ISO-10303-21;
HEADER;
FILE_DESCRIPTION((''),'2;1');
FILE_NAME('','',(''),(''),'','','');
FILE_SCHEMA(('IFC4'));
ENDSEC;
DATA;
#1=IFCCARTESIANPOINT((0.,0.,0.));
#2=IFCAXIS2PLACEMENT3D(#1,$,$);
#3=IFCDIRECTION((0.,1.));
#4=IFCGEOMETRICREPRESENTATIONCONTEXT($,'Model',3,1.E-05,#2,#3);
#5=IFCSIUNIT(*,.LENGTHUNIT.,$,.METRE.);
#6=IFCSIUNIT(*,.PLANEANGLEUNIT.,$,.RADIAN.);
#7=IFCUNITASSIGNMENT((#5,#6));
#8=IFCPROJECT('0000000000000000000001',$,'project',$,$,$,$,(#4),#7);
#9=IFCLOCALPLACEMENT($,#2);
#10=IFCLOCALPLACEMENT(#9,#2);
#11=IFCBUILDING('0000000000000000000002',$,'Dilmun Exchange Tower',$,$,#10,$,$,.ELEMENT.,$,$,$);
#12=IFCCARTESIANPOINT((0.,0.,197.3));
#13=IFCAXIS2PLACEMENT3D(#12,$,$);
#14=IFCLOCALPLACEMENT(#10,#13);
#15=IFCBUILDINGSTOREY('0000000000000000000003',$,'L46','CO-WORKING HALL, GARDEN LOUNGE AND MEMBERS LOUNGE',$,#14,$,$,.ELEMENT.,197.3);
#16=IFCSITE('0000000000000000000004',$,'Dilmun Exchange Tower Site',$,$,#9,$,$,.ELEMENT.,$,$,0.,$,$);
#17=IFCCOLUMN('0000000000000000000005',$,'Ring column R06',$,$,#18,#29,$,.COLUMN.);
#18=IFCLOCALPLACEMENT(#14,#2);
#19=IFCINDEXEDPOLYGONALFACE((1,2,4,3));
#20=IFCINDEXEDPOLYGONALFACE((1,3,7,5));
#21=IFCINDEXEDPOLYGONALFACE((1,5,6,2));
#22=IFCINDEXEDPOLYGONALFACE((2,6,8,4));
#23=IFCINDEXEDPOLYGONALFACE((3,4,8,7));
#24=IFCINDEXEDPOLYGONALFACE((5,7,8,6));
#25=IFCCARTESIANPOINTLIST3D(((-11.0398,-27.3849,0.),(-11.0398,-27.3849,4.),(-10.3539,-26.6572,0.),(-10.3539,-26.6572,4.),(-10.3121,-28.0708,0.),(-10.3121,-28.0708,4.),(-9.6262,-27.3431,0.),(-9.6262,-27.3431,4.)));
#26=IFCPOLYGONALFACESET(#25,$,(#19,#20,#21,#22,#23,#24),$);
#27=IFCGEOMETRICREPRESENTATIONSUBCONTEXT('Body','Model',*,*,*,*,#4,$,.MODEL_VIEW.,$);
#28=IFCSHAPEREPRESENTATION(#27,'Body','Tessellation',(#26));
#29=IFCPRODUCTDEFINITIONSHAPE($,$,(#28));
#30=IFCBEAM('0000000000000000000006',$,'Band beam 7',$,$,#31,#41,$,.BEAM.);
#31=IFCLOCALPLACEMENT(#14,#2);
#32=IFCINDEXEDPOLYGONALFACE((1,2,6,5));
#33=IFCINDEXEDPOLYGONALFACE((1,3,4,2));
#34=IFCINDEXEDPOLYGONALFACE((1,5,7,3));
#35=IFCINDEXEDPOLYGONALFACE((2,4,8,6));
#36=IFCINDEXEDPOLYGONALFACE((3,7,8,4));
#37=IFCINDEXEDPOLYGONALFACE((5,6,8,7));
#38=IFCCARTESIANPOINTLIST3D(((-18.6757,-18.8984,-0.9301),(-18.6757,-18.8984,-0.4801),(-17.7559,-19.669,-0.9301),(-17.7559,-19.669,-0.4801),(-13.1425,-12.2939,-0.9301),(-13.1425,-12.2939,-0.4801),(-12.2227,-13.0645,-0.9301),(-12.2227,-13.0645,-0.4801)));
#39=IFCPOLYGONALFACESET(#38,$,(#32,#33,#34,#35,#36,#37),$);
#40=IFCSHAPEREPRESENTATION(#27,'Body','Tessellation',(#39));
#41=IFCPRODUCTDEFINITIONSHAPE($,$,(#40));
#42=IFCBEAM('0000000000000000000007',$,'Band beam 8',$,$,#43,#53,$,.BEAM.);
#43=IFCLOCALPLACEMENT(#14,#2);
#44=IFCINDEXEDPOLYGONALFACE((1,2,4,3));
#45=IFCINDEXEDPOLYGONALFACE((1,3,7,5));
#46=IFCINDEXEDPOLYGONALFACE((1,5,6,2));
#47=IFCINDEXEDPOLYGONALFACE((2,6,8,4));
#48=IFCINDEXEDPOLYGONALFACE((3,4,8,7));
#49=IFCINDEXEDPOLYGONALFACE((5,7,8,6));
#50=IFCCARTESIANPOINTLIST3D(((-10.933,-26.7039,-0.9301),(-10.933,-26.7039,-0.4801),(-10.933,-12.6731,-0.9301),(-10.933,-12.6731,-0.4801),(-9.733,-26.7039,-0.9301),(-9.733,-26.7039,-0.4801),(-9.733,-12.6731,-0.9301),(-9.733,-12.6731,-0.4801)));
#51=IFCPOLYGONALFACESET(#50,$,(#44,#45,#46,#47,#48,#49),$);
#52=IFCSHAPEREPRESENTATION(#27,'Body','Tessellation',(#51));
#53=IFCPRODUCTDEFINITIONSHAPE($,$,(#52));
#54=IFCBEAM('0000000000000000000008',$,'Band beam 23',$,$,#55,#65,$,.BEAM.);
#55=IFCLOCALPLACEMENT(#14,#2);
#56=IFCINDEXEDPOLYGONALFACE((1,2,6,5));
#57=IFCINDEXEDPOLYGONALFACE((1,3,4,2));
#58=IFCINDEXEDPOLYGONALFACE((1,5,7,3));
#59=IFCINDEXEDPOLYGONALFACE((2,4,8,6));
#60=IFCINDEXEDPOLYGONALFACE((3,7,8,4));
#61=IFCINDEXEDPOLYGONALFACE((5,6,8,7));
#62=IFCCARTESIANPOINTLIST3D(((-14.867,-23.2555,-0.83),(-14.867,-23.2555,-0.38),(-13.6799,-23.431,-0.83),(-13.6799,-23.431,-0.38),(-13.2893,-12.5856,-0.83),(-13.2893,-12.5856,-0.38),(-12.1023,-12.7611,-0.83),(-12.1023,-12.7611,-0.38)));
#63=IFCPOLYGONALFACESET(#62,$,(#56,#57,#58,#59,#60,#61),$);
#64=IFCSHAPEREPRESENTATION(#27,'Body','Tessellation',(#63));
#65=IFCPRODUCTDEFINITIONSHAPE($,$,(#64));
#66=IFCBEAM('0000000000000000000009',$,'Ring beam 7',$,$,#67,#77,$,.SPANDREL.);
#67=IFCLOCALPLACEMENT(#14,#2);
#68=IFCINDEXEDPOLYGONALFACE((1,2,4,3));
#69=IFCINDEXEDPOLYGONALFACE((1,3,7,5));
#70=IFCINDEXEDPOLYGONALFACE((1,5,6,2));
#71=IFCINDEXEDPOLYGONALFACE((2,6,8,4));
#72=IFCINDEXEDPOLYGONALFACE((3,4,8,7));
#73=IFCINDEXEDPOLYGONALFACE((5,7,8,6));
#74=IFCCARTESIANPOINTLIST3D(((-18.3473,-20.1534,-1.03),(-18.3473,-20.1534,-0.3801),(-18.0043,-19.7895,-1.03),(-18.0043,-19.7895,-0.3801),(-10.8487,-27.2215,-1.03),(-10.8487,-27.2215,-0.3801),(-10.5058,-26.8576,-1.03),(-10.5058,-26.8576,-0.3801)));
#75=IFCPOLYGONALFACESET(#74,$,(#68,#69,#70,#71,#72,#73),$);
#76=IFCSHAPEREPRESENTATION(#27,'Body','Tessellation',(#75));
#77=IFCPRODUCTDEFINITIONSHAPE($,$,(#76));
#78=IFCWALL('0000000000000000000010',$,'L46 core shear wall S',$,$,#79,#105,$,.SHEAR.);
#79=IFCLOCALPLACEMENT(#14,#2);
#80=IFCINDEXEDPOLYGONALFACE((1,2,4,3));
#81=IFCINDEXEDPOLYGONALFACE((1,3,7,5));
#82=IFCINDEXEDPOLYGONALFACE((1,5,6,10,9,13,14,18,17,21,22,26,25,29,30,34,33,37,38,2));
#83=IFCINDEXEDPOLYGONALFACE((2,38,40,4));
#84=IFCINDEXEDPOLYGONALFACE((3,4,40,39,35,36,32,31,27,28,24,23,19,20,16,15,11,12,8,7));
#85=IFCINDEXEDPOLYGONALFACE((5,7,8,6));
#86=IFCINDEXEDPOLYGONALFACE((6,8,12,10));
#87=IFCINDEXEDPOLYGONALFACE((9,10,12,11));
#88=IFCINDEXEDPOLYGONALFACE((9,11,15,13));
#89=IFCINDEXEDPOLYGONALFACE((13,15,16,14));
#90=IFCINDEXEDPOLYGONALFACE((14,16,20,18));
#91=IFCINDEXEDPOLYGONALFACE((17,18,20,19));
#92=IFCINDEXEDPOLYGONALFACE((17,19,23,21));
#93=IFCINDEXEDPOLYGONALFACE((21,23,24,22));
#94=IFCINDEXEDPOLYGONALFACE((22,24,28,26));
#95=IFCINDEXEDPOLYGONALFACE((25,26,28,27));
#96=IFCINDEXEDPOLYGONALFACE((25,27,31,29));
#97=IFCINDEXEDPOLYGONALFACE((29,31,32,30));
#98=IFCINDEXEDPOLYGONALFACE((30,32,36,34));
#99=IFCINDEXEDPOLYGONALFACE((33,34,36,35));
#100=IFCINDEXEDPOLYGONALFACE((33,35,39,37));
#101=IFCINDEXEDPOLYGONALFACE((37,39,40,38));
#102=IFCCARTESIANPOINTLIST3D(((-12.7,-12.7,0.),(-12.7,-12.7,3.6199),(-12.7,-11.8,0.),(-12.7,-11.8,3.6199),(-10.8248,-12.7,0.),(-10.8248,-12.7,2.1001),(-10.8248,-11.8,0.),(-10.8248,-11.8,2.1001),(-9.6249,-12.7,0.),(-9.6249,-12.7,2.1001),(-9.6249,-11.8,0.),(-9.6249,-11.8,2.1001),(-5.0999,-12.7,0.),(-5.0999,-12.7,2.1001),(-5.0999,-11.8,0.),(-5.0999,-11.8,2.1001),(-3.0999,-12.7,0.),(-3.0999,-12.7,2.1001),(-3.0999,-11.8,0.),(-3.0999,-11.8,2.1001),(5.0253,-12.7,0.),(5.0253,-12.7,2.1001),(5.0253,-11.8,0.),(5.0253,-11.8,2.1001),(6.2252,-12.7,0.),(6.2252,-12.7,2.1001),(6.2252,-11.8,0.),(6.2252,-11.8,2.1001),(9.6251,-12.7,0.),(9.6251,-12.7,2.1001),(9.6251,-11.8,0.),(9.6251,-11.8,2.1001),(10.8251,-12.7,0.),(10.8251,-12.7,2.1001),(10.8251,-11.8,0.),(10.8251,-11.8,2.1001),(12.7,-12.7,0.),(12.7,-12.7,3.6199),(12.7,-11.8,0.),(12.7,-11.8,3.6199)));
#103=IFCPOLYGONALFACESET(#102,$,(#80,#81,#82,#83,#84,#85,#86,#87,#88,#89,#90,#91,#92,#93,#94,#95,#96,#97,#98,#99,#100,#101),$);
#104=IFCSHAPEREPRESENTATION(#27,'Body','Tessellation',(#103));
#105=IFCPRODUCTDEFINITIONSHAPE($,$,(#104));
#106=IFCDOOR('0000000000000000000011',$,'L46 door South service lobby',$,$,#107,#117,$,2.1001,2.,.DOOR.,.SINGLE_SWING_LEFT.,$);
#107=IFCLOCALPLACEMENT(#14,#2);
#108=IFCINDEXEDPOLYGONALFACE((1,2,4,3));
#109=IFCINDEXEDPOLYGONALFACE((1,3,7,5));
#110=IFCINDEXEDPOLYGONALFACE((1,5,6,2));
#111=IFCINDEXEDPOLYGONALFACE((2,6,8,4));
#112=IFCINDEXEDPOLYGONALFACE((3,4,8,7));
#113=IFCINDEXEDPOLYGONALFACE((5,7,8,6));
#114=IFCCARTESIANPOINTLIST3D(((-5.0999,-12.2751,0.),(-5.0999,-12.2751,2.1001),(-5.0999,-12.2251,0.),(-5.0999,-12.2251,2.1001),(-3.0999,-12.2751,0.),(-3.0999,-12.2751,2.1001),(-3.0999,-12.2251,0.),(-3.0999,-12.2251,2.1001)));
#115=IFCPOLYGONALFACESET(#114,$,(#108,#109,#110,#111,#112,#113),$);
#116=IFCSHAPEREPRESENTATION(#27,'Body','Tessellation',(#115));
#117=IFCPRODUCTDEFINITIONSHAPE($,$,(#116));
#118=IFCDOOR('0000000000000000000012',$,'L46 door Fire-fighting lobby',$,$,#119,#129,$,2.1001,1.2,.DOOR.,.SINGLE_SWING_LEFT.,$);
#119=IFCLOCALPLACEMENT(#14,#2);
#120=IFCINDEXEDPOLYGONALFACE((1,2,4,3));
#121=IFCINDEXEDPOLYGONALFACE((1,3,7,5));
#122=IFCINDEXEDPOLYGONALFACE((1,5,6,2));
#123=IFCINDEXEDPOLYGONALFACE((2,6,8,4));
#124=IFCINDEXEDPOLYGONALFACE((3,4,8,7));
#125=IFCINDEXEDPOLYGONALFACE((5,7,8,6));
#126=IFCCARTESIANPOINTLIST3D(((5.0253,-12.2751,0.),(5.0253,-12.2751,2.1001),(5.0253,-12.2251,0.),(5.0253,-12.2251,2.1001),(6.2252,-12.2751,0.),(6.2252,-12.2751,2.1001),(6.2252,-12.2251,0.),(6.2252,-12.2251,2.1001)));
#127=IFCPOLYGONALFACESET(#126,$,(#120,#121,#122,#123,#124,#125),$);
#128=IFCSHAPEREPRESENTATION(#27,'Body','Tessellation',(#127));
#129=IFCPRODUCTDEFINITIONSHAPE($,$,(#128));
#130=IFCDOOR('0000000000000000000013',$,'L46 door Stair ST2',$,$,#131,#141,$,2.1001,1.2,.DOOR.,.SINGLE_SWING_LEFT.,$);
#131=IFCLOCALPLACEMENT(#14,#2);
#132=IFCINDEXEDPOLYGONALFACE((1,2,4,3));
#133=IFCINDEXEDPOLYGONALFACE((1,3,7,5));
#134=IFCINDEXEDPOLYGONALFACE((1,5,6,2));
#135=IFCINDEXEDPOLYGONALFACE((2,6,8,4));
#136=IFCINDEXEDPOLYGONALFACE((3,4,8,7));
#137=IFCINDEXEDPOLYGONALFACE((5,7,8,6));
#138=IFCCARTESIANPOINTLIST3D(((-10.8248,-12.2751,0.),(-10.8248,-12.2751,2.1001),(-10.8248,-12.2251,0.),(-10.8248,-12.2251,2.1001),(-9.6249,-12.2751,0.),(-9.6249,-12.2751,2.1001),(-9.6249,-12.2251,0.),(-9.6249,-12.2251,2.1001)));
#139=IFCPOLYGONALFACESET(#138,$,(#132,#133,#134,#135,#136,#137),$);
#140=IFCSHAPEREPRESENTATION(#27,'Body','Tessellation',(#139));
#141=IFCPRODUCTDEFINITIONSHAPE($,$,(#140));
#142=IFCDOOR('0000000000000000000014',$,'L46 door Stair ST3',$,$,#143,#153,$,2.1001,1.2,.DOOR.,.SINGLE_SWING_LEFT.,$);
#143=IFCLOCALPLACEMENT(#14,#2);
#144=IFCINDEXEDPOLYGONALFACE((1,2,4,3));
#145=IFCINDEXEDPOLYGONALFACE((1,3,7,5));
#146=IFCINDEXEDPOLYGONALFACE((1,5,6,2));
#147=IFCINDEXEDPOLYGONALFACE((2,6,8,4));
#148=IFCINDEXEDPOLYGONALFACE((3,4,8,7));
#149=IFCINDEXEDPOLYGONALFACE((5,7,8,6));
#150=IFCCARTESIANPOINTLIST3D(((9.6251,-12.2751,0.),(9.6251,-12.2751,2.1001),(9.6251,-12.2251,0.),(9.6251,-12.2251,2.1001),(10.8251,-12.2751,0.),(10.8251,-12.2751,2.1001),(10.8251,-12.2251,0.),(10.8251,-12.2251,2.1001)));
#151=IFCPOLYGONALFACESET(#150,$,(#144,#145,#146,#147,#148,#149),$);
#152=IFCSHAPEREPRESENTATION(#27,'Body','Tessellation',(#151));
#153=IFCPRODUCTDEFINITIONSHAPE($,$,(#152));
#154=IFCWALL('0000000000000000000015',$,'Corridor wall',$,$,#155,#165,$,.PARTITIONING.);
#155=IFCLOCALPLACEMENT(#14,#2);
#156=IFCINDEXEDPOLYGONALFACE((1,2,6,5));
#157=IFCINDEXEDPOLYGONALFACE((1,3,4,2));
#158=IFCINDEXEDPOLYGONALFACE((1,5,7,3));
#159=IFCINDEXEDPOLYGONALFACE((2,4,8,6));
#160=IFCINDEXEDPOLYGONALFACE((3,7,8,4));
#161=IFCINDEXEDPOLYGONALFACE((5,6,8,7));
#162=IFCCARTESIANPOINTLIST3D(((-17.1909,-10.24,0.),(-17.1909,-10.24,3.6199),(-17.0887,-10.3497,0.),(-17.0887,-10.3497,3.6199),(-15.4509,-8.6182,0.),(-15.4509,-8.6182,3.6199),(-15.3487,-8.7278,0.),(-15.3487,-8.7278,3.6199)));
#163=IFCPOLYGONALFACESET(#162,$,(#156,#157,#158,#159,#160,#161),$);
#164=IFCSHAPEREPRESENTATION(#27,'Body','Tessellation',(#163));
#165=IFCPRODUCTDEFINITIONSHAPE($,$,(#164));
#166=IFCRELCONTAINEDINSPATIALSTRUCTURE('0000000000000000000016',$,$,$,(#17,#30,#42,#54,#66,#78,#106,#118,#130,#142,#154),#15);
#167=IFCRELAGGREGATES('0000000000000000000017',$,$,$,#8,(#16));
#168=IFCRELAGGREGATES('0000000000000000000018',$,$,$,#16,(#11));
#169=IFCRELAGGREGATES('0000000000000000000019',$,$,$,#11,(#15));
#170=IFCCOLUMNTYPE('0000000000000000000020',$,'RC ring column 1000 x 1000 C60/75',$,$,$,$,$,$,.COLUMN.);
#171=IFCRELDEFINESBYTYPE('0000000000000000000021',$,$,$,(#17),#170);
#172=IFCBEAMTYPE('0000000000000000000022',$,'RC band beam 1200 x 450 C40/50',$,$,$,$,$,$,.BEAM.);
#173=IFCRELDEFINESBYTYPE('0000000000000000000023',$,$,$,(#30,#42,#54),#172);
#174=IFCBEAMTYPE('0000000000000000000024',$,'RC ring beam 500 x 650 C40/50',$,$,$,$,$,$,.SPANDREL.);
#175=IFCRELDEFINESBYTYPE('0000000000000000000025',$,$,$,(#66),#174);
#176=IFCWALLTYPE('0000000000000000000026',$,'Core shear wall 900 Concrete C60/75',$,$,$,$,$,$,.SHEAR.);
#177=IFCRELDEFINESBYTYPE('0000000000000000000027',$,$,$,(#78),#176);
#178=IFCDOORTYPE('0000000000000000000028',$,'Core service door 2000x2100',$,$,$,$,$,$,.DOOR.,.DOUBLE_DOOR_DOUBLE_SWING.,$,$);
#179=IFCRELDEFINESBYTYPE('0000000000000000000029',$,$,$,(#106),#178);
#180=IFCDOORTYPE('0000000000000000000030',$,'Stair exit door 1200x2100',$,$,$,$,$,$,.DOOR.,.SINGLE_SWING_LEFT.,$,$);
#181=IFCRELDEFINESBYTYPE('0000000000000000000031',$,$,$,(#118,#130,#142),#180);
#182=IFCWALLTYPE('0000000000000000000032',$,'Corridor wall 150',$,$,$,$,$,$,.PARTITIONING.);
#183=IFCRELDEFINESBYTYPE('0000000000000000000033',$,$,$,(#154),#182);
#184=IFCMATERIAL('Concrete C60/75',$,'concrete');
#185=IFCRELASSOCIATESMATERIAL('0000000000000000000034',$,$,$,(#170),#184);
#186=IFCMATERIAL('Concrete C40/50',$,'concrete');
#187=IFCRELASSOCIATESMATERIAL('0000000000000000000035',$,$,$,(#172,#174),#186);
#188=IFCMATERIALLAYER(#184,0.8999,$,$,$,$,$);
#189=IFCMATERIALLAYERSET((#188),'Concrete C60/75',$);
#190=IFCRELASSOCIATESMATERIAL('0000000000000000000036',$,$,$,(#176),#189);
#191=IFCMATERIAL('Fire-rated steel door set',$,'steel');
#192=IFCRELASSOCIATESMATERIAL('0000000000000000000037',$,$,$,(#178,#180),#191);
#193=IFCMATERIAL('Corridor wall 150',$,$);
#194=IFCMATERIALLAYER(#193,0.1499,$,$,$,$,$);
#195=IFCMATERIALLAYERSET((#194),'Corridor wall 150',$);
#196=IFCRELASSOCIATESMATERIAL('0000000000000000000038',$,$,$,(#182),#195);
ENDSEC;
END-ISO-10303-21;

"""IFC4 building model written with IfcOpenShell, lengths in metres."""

from ifc_helpers import new_model, si_unit, direction, frame, frame_2d, origin, origin_2d, place, context, subcontext, project, spatial, rectangle, extrude, material, layer, layer_set, material_profile, profile_set, type_object, element, fill, save


model = new_model("IFC4")

# Units and contexts
model_context = context("Model", 3, precision=1e-05, world=origin(), true_north=direction((0.0, 1.0)))
body_context = subcontext(model_context, "Body", "Model", "MODEL_VIEW")
ifc_project = project(units=[si_unit("LENGTHUNIT", "METRE"), si_unit("PLANEANGLEUNIT", "RADIAN")], contexts=[model_context])

# Site, building, storey
site_placement = place(None, origin())
site = spatial("IfcSite", under=ifc_project, at=site_placement, Name="Dilmun Exchange Tower Site", CompositionType="ELEMENT", RefElevation=0.0)
building_placement = place(site_placement, origin())
building = spatial("IfcBuilding", under=site, at=building_placement, Name="Dilmun Exchange Tower", CompositionType="ELEMENT")
storey_placement = place(building_placement, frame((0.0, 0.0, 197.3)))
storey = spatial("IfcBuildingStorey", under=building, at=storey_placement, Name="L46", Description="CO-WORKING HALL, GARDEN LOUNGE AND MEMBERS LOUNGE", CompositionType="ELEMENT", Elevation=197.3)

# Column
ifc_material_1 = material(Name="Concrete C60/75", Category="concrete")
ifc_material_profile_1 = material_profile(ifc_material_1, rectangle(XDim=1.0, YDim=1.0, at=origin_2d()), Name="1000 x 1000")
ifc_profile_set_1 = profile_set([ifc_material_profile_1], Name="Concrete C60/75")
column_type = type_object("IfcColumnType", Name="RC ring column 1000 x 1000 C60/75", PredefinedType="COLUMN", material=ifc_profile_set_1)
column_placement = place(storey_placement, frame((-10.333, -27.364, 0.0), z_axis=(0.0, 0.0, 1.0), x_axis=(0.685916, 0.727681, 0.0)))
element("IfcColumn", 1, at=column_placement, inside=storey, type_object=column_type, Name="Ring column R06", PredefinedType="COLUMN", context=body_context, shape_type="SweptSolid", body=[
    extrude(rectangle(XDim=1.0, YDim=1.0, at=origin_2d()), origin(), (0.0, 0.0, 1.0), 4.0),
])

# Beams
ifc_material_2 = material(Name="Concrete C40/50", Category="concrete")
ifc_material_profile_2 = material_profile(ifc_material_2, rectangle(XDim=1.2, YDim=0.45, at=origin_2d()), Name="1200 x 450")
ifc_profile_set_2 = profile_set([ifc_material_profile_2], Name="Concrete C40/50")
beam_type_1 = type_object("IfcBeamType", Name="RC band beam 1200 x 450 C40/50", PredefinedType="BEAM", material=ifc_profile_set_2)
beam_1_placement = place(storey_placement, frame((-18.2158, -19.2837, -0.7051), z_axis=(0.6422, 0.766537, 0.0), x_axis=(-0.766537, 0.6422, 0.0)))
element("IfcBeam", 2, at=beam_1_placement, inside=storey, type_object=beam_type_1, Name="Band beam 7", PredefinedType="BEAM", context=body_context, shape_type="SweptSolid", body=[
    extrude(rectangle(XDim=1.2, YDim=0.45, at=origin_2d()), origin(), (0.0, 0.0, 1.0), 8.616),
])
beam_2_placement = place(storey_placement, frame((-10.333, -26.7039, -0.7051), z_axis=(0.0, 1.0, 0.0), x_axis=(-1.0, 0.0, 0.0)))
element("IfcBeam", 3, at=beam_2_placement, inside=storey, type_object=beam_type_1, Name="Band beam 8", PredefinedType="BEAM", context=body_context, shape_type="SweptSolid", body=[
    extrude(rectangle(XDim=1.2, YDim=0.45, at=origin_2d()), origin(), (0.0, 0.0, 1.0), 14.0308),
])
beam_3_placement = place(storey_placement, frame((-14.2734, -23.3433, -0.605), z_axis=(0.146268, 0.989245, 0.0), x_axis=(-0.989245, 0.146268, 0.0)))
element("IfcBeam", 4, at=beam_3_placement, inside=storey, type_object=beam_type_1, Name="Band beam 23", PredefinedType="BEAM", context=body_context, shape_type="SweptSolid", body=[
    extrude(rectangle(XDim=1.2, YDim=0.45, at=origin_2d()), origin(), (0.0, 0.0, 1.0), 10.7859),
])
ifc_material_profile_3 = material_profile(ifc_material_2, rectangle(XDim=0.5, YDim=0.6499, at=origin_2d()), Name="500 x 650")
ifc_profile_set_3 = profile_set([ifc_material_profile_3], Name="Concrete C40/50")
beam_type_2 = type_object("IfcBeamType", Name="RC ring beam 500 x 650 C40/50", PredefinedType="SPANDREL", material=ifc_profile_set_3)
beam_4_placement = place(storey_placement, frame((-18.1758, -19.9714, -0.7051), z_axis=(0.727683, -0.685914, 0.0), x_axis=(0.685914, 0.727683, 0.0)))
element("IfcBeam", 5, at=beam_4_placement, inside=storey, type_object=beam_type_2, Name="Ring beam 7", PredefinedType="SPANDREL", context=body_context, shape_type="SweptSolid", body=[
    extrude(rectangle(XDim=0.5, YDim=0.6499, at=origin_2d()), origin(), (0.0, 0.0, 1.0), 10.3047),
])

# Wall, openings, doors
ifc_layer_1 = layer(ifc_material_1, 0.8999)
ifc_layer_set_1 = layer_set([ifc_layer_1], Name="Concrete C60/75")
wall_type_1 = type_object("IfcWallType", Name="Core shear wall 900 Concrete C60/75", PredefinedType="SHEAR", material=ifc_layer_set_1)
wall_1_placement = place(storey_placement, frame((-12.7, -12.25, 0.0), z_axis=(0.0, 0.0, 1.0), x_axis=(1.0, 0.0, 0.0)))
wall_1 = element("IfcWall", 6, at=wall_1_placement, inside=storey, type_object=wall_type_1, Name="L46 core shear wall S", PredefinedType="SHEAR", context=body_context, shape_type="SweptSolid", body=[
    extrude(rectangle(XDim=25.3999, YDim=0.8999, at=frame_2d((12.7, 0.0))), origin(), (0.0, 0.0, 1.0), 3.6199),
])
opening_1_placement = place(wall_1_placement, frame((7.6001, 0.0, 0.0)))
opening_1 = element("IfcOpeningElement", 7, at=opening_1_placement, cuts=wall_1, PredefinedType="OPENING", context=body_context, shape_type="SweptSolid", body=[
    extrude(rectangle(XDim=2.0, YDim=2.1001, at=frame_2d((1.0, 1.05))), frame((0.0, 0.46, 0.0), z_axis=(0.0, -1.0, 0.0), x_axis=(1.0, 0.0, 0.0)), (0.0, 0.0, 1.0), 0.9199),
])
opening_2_placement = place(wall_1_placement, frame((17.7251, 0.0, 0.0)))
opening_2 = element("IfcOpeningElement", 8, at=opening_2_placement, cuts=wall_1, PredefinedType="OPENING", context=body_context, shape_type="SweptSolid", body=[
    extrude(rectangle(XDim=1.2, YDim=2.1001, at=frame_2d((0.6001, 1.05))), frame((0.0, 0.46, 0.0), z_axis=(0.0, -1.0, 0.0), x_axis=(1.0, 0.0, 0.0)), (0.0, 0.0, 1.0), 0.9199),
])
opening_3_placement = place(wall_1_placement, frame((1.875, 0.0, 0.0)))
opening_3 = element("IfcOpeningElement", 9, at=opening_3_placement, cuts=wall_1, PredefinedType="OPENING", context=body_context, shape_type="SweptSolid", body=[
    extrude(rectangle(XDim=1.2, YDim=2.1001, at=frame_2d((0.6001, 1.05))), frame((0.0, 0.46, 0.0), z_axis=(0.0, -1.0, 0.0), x_axis=(1.0, 0.0, 0.0)), (0.0, 0.0, 1.0), 0.9199),
])
opening_4_placement = place(wall_1_placement, frame((22.325, 0.0, 0.0)))
opening_4 = element("IfcOpeningElement", 10, at=opening_4_placement, cuts=wall_1, PredefinedType="OPENING", context=body_context, shape_type="SweptSolid", body=[
    extrude(rectangle(XDim=1.2, YDim=2.1001, at=frame_2d((0.6001, 1.05))), frame((0.0, 0.46, 0.0), z_axis=(0.0, -1.0, 0.0), x_axis=(1.0, 0.0, 0.0)), (0.0, 0.0, 1.0), 0.9199),
])
ifc_material_3 = material(Name="Fire-rated steel door set", Category="steel")
door_type_1 = type_object("IfcDoorType", Name="Core service door 2000x2100", OperationType="DOUBLE_DOOR_DOUBLE_SWING", PredefinedType="DOOR", material=ifc_material_3)
door_1_placement = place(opening_1_placement, origin())
door_1 = element("IfcDoor", 11, at=door_1_placement, inside=storey, type_object=door_type_1, Name="L46 door South service lobby", OperationType="SINGLE_SWING_LEFT", OverallHeight=2.1001, OverallWidth=2.0, PredefinedType="DOOR", context=body_context, shape_type="SweptSolid", body=[
    extrude(rectangle(XDim=2.0, YDim=2.1001, at=frame_2d((1.0, 1.05))), frame((0.0, 0.0249, 0.0), z_axis=(0.0, -1.0, 0.0), x_axis=(1.0, 0.0, 0.0)), (0.0, 0.0, 1.0), 0.05),
])
fill(opening_1, door_1)
door_type_2 = type_object("IfcDoorType", Name="Stair exit door 1200x2100", OperationType="SINGLE_SWING_LEFT", PredefinedType="DOOR", material=ifc_material_3)
door_2_placement = place(opening_2_placement, origin())
door_2 = element("IfcDoor", 12, at=door_2_placement, inside=storey, type_object=door_type_2, Name="L46 door Fire-fighting lobby", OperationType="SINGLE_SWING_LEFT", OverallHeight=2.1001, OverallWidth=1.2, PredefinedType="DOOR", context=body_context, shape_type="SweptSolid", body=[
    extrude(rectangle(XDim=1.2, YDim=2.1001, at=frame_2d((0.6001, 1.05))), frame((0.0, 0.0249, 0.0), z_axis=(0.0, -1.0, 0.0), x_axis=(1.0, 0.0, 0.0)), (0.0, 0.0, 1.0), 0.05),
])
fill(opening_2, door_2)
door_3_placement = place(opening_3_placement, origin())
door_3 = element("IfcDoor", 13, at=door_3_placement, inside=storey, type_object=door_type_2, Name="L46 door Stair ST2", OperationType="SINGLE_SWING_LEFT", OverallHeight=2.1001, OverallWidth=1.2, PredefinedType="DOOR", context=body_context, shape_type="SweptSolid", body=[
    extrude(rectangle(XDim=1.2, YDim=2.1001, at=frame_2d((0.6001, 1.05))), frame((0.0, 0.0249, 0.0), z_axis=(0.0, -1.0, 0.0), x_axis=(1.0, 0.0, 0.0)), (0.0, 0.0, 1.0), 0.05),
])
fill(opening_3, door_3)
door_4_placement = place(opening_4_placement, origin())
door_4 = element("IfcDoor", 14, at=door_4_placement, inside=storey, type_object=door_type_2, Name="L46 door Stair ST3", OperationType="SINGLE_SWING_LEFT", OverallHeight=2.1001, OverallWidth=1.2, PredefinedType="DOOR", context=body_context, shape_type="SweptSolid", body=[
    extrude(rectangle(XDim=1.2, YDim=2.1001, at=frame_2d((0.6001, 1.05))), frame((0.0, 0.0249, 0.0), z_axis=(0.0, -1.0, 0.0), x_axis=(1.0, 0.0, 0.0)), (0.0, 0.0, 1.0), 0.05),
])
fill(opening_4, door_4)

# Wall
ifc_material_4 = material(Name="Corridor wall 150")
ifc_layer_2 = layer(ifc_material_4, 0.1499)
ifc_layer_set_2 = layer_set([ifc_layer_2], Name="Corridor wall 150")
wall_type_2 = type_object("IfcWallType", Name="Corridor wall 150", PredefinedType="PARTITIONING", material=ifc_layer_set_2)
wall_2_placement = place(storey_placement, frame((-17.1399, -10.2949, 0.0), z_axis=(0.0, 0.0, 1.0), x_axis=(0.731509, 0.681832, 0.0)))
element("IfcWall", 15, at=wall_2_placement, inside=storey, type_object=wall_type_2, Name="Corridor wall", PredefinedType="PARTITIONING", context=body_context, shape_type="SweptSolid", body=[
    extrude(rectangle(XDim=2.3787, YDim=0.1499, at=frame_2d((1.1895, 0.0))), origin(), (0.0, 0.0, 1.0), 3.6199),
])

save(model, "model.ifc")
